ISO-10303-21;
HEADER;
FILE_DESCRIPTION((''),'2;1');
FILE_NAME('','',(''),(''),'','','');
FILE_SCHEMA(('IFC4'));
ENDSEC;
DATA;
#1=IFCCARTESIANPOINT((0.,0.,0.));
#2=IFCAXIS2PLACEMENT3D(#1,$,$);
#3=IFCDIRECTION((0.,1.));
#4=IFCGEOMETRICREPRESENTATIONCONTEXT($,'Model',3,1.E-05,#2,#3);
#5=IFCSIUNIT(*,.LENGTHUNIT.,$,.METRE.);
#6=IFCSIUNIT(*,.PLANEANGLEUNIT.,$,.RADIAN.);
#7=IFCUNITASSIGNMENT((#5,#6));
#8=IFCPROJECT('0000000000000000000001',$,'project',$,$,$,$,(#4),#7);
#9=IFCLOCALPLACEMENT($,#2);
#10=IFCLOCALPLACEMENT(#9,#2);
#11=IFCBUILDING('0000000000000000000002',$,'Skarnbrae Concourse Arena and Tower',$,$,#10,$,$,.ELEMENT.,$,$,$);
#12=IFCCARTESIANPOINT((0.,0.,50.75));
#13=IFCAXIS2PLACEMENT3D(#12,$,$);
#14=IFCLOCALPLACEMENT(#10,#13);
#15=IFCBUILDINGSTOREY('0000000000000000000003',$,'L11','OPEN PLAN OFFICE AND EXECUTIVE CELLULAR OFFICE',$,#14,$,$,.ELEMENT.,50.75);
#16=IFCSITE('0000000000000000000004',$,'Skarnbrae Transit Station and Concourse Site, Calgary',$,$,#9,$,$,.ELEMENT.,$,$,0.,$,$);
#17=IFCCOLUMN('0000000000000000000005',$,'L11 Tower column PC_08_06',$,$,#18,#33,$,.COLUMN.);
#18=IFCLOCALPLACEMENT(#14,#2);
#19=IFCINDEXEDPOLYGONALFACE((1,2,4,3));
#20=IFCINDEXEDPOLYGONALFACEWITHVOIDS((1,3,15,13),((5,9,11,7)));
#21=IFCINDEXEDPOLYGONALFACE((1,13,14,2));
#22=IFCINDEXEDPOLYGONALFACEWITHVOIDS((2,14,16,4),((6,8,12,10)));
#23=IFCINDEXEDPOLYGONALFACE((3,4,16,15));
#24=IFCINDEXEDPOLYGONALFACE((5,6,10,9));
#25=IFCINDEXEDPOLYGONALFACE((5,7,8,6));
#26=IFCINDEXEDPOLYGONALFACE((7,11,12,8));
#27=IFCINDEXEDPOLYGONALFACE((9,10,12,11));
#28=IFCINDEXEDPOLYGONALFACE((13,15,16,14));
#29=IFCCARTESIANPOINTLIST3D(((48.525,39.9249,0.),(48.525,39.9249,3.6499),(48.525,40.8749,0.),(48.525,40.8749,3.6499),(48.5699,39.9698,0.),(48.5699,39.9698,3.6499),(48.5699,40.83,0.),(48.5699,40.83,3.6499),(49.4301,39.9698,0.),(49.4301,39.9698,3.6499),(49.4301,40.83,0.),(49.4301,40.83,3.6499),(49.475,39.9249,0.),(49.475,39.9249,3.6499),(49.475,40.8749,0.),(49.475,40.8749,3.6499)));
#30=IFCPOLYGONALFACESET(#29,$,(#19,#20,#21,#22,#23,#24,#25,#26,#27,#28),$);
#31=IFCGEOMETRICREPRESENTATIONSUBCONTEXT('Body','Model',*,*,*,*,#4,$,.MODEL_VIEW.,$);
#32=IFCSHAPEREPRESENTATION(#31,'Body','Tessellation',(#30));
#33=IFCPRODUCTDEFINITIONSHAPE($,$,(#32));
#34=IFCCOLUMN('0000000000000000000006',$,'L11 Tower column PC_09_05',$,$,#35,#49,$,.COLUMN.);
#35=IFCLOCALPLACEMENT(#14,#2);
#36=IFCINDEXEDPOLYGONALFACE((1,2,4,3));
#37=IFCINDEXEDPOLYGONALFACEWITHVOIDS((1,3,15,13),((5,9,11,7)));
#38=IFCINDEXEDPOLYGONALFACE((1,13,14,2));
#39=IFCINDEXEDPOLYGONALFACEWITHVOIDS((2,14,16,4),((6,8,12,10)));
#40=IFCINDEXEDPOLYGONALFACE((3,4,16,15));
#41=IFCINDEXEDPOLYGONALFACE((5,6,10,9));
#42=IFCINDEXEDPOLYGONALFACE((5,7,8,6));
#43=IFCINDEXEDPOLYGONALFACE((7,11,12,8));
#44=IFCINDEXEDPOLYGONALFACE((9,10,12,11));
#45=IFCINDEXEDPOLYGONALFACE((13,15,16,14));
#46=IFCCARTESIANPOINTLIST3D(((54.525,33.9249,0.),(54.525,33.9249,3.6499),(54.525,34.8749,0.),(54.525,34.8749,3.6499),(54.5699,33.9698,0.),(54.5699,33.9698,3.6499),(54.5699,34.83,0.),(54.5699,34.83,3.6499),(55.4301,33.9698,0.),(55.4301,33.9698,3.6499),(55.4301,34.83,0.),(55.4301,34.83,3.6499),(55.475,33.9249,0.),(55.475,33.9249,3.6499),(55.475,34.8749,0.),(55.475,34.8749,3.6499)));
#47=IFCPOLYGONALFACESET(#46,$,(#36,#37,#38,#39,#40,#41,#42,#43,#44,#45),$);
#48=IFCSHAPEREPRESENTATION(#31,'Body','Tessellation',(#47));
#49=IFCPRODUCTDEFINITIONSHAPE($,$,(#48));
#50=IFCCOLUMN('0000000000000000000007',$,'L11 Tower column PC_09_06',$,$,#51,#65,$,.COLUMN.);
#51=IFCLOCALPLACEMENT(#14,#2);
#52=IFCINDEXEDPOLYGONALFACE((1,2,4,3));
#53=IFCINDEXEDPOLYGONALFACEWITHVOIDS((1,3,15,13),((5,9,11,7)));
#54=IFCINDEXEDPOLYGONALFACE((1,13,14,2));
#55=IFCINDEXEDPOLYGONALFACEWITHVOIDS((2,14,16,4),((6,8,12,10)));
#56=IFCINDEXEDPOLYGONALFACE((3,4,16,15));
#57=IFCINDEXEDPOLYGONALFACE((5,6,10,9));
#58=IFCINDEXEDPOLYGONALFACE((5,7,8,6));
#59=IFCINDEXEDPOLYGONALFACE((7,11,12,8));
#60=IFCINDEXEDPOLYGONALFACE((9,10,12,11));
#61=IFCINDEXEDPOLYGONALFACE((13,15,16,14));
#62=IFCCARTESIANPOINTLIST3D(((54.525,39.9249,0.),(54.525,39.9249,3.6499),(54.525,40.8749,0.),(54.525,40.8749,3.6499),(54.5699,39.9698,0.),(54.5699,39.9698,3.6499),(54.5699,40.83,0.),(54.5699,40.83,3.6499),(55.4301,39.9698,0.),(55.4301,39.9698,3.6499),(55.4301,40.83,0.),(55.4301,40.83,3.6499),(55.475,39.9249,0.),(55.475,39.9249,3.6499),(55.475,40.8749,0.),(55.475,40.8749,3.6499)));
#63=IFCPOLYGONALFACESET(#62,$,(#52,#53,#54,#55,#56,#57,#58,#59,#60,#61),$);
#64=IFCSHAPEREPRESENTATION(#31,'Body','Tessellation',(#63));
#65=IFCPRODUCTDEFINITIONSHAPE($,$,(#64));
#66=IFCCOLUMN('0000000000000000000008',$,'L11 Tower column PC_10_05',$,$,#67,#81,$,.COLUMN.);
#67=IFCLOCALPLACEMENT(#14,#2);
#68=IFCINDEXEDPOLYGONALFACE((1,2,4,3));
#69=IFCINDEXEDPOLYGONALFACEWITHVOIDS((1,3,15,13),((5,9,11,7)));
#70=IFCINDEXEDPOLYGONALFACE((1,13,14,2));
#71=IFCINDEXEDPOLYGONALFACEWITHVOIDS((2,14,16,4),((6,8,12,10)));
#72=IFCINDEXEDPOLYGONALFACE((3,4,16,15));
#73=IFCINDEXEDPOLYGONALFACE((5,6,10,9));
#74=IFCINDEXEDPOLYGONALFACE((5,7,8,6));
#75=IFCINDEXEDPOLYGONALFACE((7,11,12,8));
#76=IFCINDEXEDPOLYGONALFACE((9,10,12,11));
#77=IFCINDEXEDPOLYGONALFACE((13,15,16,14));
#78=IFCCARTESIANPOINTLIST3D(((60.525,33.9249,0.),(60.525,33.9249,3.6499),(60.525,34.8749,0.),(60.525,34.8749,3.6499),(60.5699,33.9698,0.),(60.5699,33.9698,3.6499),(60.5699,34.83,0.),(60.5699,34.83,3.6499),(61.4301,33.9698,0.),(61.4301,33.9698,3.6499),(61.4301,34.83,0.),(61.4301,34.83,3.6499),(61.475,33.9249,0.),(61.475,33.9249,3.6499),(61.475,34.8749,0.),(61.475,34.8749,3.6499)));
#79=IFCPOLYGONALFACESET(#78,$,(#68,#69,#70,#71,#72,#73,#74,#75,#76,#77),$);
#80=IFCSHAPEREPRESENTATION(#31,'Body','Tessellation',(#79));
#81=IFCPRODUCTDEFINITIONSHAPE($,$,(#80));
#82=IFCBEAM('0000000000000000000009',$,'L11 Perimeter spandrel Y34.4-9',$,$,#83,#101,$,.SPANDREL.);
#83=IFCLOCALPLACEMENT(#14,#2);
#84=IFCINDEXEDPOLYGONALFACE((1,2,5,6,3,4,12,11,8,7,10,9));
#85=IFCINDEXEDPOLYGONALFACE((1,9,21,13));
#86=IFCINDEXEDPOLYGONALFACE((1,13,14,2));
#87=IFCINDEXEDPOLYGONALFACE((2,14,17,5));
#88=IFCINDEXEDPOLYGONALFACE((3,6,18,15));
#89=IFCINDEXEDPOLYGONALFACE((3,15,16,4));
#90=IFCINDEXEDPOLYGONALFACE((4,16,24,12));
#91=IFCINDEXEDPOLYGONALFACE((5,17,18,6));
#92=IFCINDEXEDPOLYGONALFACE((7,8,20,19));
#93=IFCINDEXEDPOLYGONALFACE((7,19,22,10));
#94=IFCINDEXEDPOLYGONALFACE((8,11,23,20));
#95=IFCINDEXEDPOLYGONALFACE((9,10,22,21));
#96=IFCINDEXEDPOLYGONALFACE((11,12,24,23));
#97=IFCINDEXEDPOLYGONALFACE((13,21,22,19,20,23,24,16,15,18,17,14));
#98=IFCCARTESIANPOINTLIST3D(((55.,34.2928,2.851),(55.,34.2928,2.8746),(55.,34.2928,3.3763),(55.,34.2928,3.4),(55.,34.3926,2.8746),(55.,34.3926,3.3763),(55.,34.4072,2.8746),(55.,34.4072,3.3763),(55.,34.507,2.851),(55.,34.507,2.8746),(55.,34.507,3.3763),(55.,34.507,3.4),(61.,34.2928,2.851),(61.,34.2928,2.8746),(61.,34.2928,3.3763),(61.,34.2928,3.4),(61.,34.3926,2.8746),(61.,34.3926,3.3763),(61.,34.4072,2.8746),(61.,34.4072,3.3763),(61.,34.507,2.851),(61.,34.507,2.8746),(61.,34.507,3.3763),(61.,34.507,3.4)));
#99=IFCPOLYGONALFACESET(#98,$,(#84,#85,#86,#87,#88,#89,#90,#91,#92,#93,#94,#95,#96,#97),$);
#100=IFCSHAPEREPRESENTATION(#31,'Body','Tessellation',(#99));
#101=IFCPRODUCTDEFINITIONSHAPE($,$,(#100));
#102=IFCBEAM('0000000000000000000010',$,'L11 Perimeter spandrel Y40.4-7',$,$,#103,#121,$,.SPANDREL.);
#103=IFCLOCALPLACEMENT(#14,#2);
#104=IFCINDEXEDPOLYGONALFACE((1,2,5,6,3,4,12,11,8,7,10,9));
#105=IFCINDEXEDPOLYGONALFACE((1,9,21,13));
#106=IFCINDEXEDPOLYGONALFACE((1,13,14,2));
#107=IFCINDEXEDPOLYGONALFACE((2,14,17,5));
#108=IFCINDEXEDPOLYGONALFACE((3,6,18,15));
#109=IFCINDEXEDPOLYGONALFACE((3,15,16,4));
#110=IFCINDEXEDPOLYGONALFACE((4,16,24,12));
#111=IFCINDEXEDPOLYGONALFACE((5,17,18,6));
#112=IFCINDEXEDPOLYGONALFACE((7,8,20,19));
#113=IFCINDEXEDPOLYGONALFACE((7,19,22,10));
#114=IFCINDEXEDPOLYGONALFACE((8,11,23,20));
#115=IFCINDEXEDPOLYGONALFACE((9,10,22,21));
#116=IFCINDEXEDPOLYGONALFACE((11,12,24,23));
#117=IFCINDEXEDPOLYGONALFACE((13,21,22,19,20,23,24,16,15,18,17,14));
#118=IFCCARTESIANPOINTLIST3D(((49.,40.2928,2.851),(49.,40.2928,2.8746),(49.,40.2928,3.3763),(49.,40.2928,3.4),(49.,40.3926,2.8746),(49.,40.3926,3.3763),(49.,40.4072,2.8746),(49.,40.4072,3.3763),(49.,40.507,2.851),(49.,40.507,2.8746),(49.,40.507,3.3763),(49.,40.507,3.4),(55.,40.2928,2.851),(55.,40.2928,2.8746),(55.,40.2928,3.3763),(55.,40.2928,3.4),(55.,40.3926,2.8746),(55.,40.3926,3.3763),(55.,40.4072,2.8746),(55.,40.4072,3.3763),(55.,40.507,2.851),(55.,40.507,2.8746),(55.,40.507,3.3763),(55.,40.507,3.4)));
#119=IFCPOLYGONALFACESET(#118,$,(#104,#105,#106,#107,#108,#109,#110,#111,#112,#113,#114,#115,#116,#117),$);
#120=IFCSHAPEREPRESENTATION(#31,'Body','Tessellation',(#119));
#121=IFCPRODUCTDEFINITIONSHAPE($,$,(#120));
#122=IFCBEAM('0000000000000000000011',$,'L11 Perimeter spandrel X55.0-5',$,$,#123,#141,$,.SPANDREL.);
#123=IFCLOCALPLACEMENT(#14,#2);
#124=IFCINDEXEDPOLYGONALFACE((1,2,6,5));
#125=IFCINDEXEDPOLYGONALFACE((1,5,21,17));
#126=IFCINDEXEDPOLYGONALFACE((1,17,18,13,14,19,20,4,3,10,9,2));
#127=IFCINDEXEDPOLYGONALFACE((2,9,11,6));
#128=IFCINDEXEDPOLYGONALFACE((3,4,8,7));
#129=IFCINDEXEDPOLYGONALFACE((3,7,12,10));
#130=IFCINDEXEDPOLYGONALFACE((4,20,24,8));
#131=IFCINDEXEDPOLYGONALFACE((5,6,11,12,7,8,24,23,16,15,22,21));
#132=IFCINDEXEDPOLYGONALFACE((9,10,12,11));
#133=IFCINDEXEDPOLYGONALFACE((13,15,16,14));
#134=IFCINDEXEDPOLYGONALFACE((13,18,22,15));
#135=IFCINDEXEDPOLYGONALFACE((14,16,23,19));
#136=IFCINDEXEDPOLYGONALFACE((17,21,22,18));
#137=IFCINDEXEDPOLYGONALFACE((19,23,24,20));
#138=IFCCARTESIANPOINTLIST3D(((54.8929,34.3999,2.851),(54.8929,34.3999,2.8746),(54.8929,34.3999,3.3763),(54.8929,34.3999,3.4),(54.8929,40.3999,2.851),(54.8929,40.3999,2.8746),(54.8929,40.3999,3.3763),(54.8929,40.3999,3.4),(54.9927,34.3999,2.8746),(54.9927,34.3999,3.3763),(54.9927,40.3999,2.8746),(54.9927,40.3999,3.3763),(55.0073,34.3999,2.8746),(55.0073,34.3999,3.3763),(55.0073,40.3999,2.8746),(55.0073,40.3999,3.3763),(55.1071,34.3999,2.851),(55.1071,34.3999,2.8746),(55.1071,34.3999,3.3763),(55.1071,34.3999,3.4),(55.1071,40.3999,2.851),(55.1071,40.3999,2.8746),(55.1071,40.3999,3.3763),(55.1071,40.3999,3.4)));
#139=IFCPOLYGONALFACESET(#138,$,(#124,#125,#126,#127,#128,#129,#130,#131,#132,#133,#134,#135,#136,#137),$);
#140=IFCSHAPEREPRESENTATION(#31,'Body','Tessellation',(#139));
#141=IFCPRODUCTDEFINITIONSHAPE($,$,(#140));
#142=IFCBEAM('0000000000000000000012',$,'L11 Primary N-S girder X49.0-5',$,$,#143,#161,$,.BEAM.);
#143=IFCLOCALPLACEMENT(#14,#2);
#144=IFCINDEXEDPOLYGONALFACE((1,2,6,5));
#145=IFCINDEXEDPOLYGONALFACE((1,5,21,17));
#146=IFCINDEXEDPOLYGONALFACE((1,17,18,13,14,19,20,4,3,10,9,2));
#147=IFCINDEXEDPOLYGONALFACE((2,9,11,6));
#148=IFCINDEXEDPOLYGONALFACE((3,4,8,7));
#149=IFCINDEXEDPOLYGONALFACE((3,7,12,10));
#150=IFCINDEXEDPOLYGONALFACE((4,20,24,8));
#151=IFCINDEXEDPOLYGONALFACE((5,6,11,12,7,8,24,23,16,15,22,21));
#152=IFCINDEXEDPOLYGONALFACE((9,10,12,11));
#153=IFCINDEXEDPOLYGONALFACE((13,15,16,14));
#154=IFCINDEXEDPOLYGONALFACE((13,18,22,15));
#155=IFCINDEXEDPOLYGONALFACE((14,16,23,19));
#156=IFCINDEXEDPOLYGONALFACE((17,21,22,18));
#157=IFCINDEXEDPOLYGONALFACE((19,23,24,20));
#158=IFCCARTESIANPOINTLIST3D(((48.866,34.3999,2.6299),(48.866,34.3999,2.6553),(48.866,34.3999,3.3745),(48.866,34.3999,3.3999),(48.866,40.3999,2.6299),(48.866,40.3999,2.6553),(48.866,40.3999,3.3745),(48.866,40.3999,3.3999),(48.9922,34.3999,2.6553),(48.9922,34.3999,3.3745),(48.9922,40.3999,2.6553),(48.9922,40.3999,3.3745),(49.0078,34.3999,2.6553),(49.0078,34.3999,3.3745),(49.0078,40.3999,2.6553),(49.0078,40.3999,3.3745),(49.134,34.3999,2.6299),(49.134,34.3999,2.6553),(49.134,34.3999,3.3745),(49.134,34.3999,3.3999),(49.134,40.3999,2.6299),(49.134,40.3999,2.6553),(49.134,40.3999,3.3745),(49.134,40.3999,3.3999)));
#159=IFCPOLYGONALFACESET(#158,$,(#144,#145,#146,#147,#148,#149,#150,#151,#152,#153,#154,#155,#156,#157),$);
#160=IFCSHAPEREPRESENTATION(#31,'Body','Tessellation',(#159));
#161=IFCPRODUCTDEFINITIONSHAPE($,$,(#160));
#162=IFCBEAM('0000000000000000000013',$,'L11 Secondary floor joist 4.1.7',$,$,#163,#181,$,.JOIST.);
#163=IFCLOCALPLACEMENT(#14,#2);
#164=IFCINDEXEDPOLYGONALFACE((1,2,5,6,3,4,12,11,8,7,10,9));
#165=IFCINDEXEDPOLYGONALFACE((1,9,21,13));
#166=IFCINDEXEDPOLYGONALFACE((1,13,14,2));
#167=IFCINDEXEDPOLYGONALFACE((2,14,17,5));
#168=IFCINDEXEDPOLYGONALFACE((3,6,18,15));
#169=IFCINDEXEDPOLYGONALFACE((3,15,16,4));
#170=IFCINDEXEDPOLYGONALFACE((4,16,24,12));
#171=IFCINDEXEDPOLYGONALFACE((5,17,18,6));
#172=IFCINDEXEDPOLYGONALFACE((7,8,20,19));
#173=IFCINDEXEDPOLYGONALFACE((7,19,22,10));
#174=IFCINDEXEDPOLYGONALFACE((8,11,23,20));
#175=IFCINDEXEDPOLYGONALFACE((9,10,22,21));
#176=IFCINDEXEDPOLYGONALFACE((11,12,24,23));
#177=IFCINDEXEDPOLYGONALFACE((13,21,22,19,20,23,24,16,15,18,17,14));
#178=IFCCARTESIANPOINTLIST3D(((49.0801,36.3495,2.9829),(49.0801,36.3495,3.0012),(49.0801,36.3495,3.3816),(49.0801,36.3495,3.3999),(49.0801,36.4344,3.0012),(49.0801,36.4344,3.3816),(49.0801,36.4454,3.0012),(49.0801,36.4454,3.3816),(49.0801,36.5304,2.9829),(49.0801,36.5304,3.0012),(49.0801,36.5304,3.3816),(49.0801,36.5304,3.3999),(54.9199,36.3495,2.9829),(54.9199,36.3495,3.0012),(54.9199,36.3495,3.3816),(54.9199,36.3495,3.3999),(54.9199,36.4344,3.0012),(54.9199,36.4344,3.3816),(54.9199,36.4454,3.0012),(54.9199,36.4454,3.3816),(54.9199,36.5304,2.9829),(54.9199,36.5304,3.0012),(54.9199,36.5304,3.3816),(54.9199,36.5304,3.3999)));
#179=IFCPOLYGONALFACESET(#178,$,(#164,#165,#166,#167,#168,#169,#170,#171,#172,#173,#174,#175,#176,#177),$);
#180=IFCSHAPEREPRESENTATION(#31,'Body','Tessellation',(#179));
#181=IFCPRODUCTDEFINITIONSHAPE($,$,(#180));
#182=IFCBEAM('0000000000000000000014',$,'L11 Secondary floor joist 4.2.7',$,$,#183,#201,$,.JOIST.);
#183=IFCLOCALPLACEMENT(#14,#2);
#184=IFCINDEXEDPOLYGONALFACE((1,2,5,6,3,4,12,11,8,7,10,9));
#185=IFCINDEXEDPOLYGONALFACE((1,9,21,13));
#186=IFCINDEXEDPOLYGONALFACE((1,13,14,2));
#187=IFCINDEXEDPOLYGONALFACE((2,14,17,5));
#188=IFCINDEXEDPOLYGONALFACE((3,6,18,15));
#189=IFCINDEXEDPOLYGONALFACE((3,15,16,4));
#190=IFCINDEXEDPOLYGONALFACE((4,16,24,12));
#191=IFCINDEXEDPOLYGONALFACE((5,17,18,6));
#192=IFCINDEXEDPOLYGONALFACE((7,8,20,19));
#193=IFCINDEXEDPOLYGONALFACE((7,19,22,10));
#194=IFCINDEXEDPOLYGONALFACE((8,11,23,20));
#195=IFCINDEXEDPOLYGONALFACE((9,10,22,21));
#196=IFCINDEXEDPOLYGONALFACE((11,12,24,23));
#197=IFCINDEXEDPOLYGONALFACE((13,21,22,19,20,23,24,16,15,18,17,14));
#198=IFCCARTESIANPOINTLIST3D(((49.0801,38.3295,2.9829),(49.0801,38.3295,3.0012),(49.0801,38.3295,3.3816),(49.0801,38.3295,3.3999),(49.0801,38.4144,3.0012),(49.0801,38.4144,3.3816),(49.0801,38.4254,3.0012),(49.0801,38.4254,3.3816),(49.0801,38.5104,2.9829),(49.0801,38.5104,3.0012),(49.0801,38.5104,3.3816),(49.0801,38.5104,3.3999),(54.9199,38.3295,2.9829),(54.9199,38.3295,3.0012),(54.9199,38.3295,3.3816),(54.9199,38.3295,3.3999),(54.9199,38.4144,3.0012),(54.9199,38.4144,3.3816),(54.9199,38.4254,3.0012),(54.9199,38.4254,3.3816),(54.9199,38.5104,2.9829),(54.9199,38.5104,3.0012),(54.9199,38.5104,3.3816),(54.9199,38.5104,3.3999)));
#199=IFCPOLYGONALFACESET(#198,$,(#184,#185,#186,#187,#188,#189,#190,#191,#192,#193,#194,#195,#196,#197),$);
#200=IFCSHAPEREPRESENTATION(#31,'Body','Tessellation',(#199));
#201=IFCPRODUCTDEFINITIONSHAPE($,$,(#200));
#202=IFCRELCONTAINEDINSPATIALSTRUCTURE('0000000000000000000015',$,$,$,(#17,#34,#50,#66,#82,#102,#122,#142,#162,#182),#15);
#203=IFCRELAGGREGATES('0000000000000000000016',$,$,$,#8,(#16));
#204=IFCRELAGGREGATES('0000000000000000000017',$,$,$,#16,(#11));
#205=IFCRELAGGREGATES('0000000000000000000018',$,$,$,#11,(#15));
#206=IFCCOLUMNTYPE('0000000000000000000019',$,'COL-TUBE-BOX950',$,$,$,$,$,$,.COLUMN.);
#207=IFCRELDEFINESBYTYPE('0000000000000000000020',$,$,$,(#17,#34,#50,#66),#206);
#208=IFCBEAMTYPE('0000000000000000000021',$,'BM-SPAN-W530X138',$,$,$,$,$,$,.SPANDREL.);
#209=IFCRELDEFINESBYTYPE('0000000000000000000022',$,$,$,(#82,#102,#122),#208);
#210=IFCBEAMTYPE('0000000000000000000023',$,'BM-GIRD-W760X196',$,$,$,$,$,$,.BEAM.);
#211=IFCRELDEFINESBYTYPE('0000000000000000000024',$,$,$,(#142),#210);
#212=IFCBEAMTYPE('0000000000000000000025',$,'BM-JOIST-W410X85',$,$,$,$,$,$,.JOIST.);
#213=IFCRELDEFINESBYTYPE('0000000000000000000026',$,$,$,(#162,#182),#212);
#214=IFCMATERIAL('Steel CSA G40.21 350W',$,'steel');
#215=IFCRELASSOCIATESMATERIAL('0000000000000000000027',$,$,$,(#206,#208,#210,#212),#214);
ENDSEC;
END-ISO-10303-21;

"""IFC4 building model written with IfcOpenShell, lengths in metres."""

from ifc_helpers import new_model, si_unit, direction, frame, origin, origin_2d, place, context, subcontext, project, spatial, hollow_rectangle, i_section, extrude, source, transform, mapped, material, material_profile, profile_set, type_object, element, save


model = new_model("IFC4")

# Units and contexts
model_context = context("Model", 3, precision=1e-05, world=origin(), true_north=direction((0.0, 1.0)))
body_context = subcontext(model_context, "Body", "Model", "MODEL_VIEW")
ifc_project = project(units=[si_unit("LENGTHUNIT", "METRE"), si_unit("PLANEANGLEUNIT", "RADIAN")], contexts=[model_context])

# Site, building, storey
site_placement = place(None, origin())
site = spatial("IfcSite", under=ifc_project, at=site_placement, Name="Skarnbrae Transit Station and Concourse Site, Calgary", CompositionType="ELEMENT", RefElevation=0.0)
building_placement = place(site_placement, origin())
building = spatial("IfcBuilding", under=site, at=building_placement, Name="Skarnbrae Concourse Arena and Tower", CompositionType="ELEMENT")
storey_placement = place(building_placement, frame((0.0, 0.0, 50.75)))
storey = spatial("IfcBuildingStorey", under=building, at=storey_placement, Name="L11", Description="OPEN PLAN OFFICE AND EXECUTIVE CELLULAR OFFICE", CompositionType="ELEMENT", Elevation=50.75)

# Columns
ifc_material_1 = material(Name="Steel CSA G40.21 350W", Category="steel")
ifc_material_profile_1 = material_profile(ifc_material_1, hollow_rectangle(XDim=0.95, YDim=0.95, WallThickness=0.0449, at=origin_2d()), Name="BOX950X950X45")
ifc_profile_set_1 = profile_set([ifc_material_profile_1], Name="Steel CSA G40.21 350W")
column_type = type_object("IfcColumnType", Name="COL-TUBE-BOX950", PredefinedType="COLUMN", material=ifc_profile_set_1)
shared_shape_1 = source(origin(), body_context, "Body", "SweptSolid", [
    extrude(hollow_rectangle(XDim=0.95, YDim=0.95, WallThickness=0.0449, at=origin_2d()), origin(), (0.0, 0.0, 1.0), 3.6499),
])
for number, where, z_axis, x_axis, name in (
    (1, (49.0, 40.3999, 0.0), (0.0, 0.0, 1.0), (1.0, 0.0, 0.0), "L11 Tower column PC_08_06"),
    (2, (55.0, 34.3999, 0.0), (0.0, 0.0, 1.0), (1.0, 0.0, 0.0), "L11 Tower column PC_09_05"),
    (3, (55.0, 40.3999, 0.0), (0.0, 0.0, 1.0), (1.0, 0.0, 0.0), "L11 Tower column PC_09_06"),
    (4, (61.0, 34.3999, 0.0), (0.0, 0.0, 1.0), (1.0, 0.0, 0.0), "L11 Tower column PC_10_05"),
):
    element("IfcColumn", number, at=place(storey_placement, frame(where, z_axis=z_axis, x_axis=x_axis)), inside=storey, type_object=column_type, Name=name, PredefinedType="COLUMN", context=body_context, shape_type="MappedRepresentation", body=[
        mapped(shared_shape_1, transform((0.0, 0.0, 0.0))),
    ])

# Beams
ifc_material_profile_2 = material_profile(ifc_material_1, i_section(OverallWidth=0.2141, OverallDepth=0.5491, WebThickness=0.0146, FlangeThickness=0.0237, at=origin_2d()), Name="W530X138")
ifc_profile_set_2 = profile_set([ifc_material_profile_2], Name="Steel CSA G40.21 350W")
beam_type_1 = type_object("IfcBeamType", Name="BM-SPAN-W530X138", PredefinedType="SPANDREL", material=ifc_profile_set_2)
shared_shape_2 = source(origin(), body_context, "Body", "SweptSolid", [
    extrude(i_section(OverallWidth=0.2141, OverallDepth=0.5491, WebThickness=0.0146, FlangeThickness=0.0237, at=origin_2d()), origin(), (0.0, 0.0, 1.0), 6.0),
])
for number, where, z_axis, x_axis, name in (
    (5, (55.0, 34.3999, 3.1255), (1.0, 0.0, 0.0), (0.0, 1.0, 0.0), "L11 Perimeter spandrel Y34.4-9"),
    (6, (49.0, 40.3999, 3.1255), (1.0, 0.0, 0.0), (0.0, 1.0, 0.0), "L11 Perimeter spandrel Y40.4-7"),
    (7, (55.0, 34.3999, 3.1255), (0.0, 1.0, 0.0), (-1.0, 0.0, 0.0), "L11 Perimeter spandrel X55.0-5"),
):
    element("IfcBeam", number, at=place(storey_placement, frame(where, z_axis=z_axis, x_axis=x_axis)), inside=storey, type_object=beam_type_1, Name=name, PredefinedType="SPANDREL", context=body_context, shape_type="MappedRepresentation", body=[
        mapped(shared_shape_2, transform((0.0, 0.0, 0.0))),
    ])
ifc_material_profile_3 = material_profile(ifc_material_1, i_section(OverallWidth=0.2681, OverallDepth=0.77, WebThickness=0.0156, FlangeThickness=0.0254, at=origin_2d()), Name="W760X196")
ifc_profile_set_3 = profile_set([ifc_material_profile_3], Name="Steel CSA G40.21 350W")
beam_type_2 = type_object("IfcBeamType", Name="BM-GIRD-W760X196", PredefinedType="BEAM", material=ifc_profile_set_3)
shared_shape_3 = source(origin(), body_context, "Body", "SweptSolid", [
    extrude(i_section(OverallWidth=0.2681, OverallDepth=0.77, WebThickness=0.0156, FlangeThickness=0.0254, at=origin_2d()), origin(), (0.0, 0.0, 1.0), 6.0),
])
beam_placement = place(storey_placement, frame((49.0, 34.3999, 3.0149), z_axis=(0.0, 1.0, 0.0), x_axis=(-1.0, 0.0, 0.0)))
element("IfcBeam", 8, at=beam_placement, inside=storey, type_object=beam_type_2, Name="L11 Primary N-S girder X49.0-5", PredefinedType="BEAM", context=body_context, shape_type="MappedRepresentation", body=[
    mapped(shared_shape_3, transform((0.0, 0.0, 0.0))),
])
ifc_material_profile_4 = material_profile(ifc_material_1, i_section(OverallWidth=0.1809, OverallDepth=0.417, WebThickness=0.011, FlangeThickness=0.0183, at=origin_2d()), Name="W410X85")
ifc_profile_set_4 = profile_set([ifc_material_profile_4], Name="Steel CSA G40.21 350W")
beam_type_3 = type_object("IfcBeamType", Name="BM-JOIST-W410X85", PredefinedType="JOIST", material=ifc_profile_set_4)
shared_shape_4 = source(origin(), body_context, "Body", "SweptSolid", [
    extrude(i_section(OverallWidth=0.1809, OverallDepth=0.417, WebThickness=0.011, FlangeThickness=0.0183, at=origin_2d()), origin(), (0.0, 0.0, 1.0), 5.8398),
])
for number, where, z_axis, x_axis, name in (
    (9, (49.0801, 36.4399, 3.1914), (1.0, 0.0, 0.0), (0.0, 1.0, 0.0), "L11 Secondary floor joist 4.1.7"),
    (10, (49.0801, 38.4199, 3.1914), (1.0, 0.0, 0.0), (0.0, 1.0, 0.0), "L11 Secondary floor joist 4.2.7"),
):
    element("IfcBeam", number, at=place(storey_placement, frame(where, z_axis=z_axis, x_axis=x_axis)), inside=storey, type_object=beam_type_3, Name=name, PredefinedType="JOIST", context=body_context, shape_type="MappedRepresentation", body=[
        mapped(shared_shape_4, transform((0.0, 0.0, 0.0))),
    ])

save(model, "model.ifc")
